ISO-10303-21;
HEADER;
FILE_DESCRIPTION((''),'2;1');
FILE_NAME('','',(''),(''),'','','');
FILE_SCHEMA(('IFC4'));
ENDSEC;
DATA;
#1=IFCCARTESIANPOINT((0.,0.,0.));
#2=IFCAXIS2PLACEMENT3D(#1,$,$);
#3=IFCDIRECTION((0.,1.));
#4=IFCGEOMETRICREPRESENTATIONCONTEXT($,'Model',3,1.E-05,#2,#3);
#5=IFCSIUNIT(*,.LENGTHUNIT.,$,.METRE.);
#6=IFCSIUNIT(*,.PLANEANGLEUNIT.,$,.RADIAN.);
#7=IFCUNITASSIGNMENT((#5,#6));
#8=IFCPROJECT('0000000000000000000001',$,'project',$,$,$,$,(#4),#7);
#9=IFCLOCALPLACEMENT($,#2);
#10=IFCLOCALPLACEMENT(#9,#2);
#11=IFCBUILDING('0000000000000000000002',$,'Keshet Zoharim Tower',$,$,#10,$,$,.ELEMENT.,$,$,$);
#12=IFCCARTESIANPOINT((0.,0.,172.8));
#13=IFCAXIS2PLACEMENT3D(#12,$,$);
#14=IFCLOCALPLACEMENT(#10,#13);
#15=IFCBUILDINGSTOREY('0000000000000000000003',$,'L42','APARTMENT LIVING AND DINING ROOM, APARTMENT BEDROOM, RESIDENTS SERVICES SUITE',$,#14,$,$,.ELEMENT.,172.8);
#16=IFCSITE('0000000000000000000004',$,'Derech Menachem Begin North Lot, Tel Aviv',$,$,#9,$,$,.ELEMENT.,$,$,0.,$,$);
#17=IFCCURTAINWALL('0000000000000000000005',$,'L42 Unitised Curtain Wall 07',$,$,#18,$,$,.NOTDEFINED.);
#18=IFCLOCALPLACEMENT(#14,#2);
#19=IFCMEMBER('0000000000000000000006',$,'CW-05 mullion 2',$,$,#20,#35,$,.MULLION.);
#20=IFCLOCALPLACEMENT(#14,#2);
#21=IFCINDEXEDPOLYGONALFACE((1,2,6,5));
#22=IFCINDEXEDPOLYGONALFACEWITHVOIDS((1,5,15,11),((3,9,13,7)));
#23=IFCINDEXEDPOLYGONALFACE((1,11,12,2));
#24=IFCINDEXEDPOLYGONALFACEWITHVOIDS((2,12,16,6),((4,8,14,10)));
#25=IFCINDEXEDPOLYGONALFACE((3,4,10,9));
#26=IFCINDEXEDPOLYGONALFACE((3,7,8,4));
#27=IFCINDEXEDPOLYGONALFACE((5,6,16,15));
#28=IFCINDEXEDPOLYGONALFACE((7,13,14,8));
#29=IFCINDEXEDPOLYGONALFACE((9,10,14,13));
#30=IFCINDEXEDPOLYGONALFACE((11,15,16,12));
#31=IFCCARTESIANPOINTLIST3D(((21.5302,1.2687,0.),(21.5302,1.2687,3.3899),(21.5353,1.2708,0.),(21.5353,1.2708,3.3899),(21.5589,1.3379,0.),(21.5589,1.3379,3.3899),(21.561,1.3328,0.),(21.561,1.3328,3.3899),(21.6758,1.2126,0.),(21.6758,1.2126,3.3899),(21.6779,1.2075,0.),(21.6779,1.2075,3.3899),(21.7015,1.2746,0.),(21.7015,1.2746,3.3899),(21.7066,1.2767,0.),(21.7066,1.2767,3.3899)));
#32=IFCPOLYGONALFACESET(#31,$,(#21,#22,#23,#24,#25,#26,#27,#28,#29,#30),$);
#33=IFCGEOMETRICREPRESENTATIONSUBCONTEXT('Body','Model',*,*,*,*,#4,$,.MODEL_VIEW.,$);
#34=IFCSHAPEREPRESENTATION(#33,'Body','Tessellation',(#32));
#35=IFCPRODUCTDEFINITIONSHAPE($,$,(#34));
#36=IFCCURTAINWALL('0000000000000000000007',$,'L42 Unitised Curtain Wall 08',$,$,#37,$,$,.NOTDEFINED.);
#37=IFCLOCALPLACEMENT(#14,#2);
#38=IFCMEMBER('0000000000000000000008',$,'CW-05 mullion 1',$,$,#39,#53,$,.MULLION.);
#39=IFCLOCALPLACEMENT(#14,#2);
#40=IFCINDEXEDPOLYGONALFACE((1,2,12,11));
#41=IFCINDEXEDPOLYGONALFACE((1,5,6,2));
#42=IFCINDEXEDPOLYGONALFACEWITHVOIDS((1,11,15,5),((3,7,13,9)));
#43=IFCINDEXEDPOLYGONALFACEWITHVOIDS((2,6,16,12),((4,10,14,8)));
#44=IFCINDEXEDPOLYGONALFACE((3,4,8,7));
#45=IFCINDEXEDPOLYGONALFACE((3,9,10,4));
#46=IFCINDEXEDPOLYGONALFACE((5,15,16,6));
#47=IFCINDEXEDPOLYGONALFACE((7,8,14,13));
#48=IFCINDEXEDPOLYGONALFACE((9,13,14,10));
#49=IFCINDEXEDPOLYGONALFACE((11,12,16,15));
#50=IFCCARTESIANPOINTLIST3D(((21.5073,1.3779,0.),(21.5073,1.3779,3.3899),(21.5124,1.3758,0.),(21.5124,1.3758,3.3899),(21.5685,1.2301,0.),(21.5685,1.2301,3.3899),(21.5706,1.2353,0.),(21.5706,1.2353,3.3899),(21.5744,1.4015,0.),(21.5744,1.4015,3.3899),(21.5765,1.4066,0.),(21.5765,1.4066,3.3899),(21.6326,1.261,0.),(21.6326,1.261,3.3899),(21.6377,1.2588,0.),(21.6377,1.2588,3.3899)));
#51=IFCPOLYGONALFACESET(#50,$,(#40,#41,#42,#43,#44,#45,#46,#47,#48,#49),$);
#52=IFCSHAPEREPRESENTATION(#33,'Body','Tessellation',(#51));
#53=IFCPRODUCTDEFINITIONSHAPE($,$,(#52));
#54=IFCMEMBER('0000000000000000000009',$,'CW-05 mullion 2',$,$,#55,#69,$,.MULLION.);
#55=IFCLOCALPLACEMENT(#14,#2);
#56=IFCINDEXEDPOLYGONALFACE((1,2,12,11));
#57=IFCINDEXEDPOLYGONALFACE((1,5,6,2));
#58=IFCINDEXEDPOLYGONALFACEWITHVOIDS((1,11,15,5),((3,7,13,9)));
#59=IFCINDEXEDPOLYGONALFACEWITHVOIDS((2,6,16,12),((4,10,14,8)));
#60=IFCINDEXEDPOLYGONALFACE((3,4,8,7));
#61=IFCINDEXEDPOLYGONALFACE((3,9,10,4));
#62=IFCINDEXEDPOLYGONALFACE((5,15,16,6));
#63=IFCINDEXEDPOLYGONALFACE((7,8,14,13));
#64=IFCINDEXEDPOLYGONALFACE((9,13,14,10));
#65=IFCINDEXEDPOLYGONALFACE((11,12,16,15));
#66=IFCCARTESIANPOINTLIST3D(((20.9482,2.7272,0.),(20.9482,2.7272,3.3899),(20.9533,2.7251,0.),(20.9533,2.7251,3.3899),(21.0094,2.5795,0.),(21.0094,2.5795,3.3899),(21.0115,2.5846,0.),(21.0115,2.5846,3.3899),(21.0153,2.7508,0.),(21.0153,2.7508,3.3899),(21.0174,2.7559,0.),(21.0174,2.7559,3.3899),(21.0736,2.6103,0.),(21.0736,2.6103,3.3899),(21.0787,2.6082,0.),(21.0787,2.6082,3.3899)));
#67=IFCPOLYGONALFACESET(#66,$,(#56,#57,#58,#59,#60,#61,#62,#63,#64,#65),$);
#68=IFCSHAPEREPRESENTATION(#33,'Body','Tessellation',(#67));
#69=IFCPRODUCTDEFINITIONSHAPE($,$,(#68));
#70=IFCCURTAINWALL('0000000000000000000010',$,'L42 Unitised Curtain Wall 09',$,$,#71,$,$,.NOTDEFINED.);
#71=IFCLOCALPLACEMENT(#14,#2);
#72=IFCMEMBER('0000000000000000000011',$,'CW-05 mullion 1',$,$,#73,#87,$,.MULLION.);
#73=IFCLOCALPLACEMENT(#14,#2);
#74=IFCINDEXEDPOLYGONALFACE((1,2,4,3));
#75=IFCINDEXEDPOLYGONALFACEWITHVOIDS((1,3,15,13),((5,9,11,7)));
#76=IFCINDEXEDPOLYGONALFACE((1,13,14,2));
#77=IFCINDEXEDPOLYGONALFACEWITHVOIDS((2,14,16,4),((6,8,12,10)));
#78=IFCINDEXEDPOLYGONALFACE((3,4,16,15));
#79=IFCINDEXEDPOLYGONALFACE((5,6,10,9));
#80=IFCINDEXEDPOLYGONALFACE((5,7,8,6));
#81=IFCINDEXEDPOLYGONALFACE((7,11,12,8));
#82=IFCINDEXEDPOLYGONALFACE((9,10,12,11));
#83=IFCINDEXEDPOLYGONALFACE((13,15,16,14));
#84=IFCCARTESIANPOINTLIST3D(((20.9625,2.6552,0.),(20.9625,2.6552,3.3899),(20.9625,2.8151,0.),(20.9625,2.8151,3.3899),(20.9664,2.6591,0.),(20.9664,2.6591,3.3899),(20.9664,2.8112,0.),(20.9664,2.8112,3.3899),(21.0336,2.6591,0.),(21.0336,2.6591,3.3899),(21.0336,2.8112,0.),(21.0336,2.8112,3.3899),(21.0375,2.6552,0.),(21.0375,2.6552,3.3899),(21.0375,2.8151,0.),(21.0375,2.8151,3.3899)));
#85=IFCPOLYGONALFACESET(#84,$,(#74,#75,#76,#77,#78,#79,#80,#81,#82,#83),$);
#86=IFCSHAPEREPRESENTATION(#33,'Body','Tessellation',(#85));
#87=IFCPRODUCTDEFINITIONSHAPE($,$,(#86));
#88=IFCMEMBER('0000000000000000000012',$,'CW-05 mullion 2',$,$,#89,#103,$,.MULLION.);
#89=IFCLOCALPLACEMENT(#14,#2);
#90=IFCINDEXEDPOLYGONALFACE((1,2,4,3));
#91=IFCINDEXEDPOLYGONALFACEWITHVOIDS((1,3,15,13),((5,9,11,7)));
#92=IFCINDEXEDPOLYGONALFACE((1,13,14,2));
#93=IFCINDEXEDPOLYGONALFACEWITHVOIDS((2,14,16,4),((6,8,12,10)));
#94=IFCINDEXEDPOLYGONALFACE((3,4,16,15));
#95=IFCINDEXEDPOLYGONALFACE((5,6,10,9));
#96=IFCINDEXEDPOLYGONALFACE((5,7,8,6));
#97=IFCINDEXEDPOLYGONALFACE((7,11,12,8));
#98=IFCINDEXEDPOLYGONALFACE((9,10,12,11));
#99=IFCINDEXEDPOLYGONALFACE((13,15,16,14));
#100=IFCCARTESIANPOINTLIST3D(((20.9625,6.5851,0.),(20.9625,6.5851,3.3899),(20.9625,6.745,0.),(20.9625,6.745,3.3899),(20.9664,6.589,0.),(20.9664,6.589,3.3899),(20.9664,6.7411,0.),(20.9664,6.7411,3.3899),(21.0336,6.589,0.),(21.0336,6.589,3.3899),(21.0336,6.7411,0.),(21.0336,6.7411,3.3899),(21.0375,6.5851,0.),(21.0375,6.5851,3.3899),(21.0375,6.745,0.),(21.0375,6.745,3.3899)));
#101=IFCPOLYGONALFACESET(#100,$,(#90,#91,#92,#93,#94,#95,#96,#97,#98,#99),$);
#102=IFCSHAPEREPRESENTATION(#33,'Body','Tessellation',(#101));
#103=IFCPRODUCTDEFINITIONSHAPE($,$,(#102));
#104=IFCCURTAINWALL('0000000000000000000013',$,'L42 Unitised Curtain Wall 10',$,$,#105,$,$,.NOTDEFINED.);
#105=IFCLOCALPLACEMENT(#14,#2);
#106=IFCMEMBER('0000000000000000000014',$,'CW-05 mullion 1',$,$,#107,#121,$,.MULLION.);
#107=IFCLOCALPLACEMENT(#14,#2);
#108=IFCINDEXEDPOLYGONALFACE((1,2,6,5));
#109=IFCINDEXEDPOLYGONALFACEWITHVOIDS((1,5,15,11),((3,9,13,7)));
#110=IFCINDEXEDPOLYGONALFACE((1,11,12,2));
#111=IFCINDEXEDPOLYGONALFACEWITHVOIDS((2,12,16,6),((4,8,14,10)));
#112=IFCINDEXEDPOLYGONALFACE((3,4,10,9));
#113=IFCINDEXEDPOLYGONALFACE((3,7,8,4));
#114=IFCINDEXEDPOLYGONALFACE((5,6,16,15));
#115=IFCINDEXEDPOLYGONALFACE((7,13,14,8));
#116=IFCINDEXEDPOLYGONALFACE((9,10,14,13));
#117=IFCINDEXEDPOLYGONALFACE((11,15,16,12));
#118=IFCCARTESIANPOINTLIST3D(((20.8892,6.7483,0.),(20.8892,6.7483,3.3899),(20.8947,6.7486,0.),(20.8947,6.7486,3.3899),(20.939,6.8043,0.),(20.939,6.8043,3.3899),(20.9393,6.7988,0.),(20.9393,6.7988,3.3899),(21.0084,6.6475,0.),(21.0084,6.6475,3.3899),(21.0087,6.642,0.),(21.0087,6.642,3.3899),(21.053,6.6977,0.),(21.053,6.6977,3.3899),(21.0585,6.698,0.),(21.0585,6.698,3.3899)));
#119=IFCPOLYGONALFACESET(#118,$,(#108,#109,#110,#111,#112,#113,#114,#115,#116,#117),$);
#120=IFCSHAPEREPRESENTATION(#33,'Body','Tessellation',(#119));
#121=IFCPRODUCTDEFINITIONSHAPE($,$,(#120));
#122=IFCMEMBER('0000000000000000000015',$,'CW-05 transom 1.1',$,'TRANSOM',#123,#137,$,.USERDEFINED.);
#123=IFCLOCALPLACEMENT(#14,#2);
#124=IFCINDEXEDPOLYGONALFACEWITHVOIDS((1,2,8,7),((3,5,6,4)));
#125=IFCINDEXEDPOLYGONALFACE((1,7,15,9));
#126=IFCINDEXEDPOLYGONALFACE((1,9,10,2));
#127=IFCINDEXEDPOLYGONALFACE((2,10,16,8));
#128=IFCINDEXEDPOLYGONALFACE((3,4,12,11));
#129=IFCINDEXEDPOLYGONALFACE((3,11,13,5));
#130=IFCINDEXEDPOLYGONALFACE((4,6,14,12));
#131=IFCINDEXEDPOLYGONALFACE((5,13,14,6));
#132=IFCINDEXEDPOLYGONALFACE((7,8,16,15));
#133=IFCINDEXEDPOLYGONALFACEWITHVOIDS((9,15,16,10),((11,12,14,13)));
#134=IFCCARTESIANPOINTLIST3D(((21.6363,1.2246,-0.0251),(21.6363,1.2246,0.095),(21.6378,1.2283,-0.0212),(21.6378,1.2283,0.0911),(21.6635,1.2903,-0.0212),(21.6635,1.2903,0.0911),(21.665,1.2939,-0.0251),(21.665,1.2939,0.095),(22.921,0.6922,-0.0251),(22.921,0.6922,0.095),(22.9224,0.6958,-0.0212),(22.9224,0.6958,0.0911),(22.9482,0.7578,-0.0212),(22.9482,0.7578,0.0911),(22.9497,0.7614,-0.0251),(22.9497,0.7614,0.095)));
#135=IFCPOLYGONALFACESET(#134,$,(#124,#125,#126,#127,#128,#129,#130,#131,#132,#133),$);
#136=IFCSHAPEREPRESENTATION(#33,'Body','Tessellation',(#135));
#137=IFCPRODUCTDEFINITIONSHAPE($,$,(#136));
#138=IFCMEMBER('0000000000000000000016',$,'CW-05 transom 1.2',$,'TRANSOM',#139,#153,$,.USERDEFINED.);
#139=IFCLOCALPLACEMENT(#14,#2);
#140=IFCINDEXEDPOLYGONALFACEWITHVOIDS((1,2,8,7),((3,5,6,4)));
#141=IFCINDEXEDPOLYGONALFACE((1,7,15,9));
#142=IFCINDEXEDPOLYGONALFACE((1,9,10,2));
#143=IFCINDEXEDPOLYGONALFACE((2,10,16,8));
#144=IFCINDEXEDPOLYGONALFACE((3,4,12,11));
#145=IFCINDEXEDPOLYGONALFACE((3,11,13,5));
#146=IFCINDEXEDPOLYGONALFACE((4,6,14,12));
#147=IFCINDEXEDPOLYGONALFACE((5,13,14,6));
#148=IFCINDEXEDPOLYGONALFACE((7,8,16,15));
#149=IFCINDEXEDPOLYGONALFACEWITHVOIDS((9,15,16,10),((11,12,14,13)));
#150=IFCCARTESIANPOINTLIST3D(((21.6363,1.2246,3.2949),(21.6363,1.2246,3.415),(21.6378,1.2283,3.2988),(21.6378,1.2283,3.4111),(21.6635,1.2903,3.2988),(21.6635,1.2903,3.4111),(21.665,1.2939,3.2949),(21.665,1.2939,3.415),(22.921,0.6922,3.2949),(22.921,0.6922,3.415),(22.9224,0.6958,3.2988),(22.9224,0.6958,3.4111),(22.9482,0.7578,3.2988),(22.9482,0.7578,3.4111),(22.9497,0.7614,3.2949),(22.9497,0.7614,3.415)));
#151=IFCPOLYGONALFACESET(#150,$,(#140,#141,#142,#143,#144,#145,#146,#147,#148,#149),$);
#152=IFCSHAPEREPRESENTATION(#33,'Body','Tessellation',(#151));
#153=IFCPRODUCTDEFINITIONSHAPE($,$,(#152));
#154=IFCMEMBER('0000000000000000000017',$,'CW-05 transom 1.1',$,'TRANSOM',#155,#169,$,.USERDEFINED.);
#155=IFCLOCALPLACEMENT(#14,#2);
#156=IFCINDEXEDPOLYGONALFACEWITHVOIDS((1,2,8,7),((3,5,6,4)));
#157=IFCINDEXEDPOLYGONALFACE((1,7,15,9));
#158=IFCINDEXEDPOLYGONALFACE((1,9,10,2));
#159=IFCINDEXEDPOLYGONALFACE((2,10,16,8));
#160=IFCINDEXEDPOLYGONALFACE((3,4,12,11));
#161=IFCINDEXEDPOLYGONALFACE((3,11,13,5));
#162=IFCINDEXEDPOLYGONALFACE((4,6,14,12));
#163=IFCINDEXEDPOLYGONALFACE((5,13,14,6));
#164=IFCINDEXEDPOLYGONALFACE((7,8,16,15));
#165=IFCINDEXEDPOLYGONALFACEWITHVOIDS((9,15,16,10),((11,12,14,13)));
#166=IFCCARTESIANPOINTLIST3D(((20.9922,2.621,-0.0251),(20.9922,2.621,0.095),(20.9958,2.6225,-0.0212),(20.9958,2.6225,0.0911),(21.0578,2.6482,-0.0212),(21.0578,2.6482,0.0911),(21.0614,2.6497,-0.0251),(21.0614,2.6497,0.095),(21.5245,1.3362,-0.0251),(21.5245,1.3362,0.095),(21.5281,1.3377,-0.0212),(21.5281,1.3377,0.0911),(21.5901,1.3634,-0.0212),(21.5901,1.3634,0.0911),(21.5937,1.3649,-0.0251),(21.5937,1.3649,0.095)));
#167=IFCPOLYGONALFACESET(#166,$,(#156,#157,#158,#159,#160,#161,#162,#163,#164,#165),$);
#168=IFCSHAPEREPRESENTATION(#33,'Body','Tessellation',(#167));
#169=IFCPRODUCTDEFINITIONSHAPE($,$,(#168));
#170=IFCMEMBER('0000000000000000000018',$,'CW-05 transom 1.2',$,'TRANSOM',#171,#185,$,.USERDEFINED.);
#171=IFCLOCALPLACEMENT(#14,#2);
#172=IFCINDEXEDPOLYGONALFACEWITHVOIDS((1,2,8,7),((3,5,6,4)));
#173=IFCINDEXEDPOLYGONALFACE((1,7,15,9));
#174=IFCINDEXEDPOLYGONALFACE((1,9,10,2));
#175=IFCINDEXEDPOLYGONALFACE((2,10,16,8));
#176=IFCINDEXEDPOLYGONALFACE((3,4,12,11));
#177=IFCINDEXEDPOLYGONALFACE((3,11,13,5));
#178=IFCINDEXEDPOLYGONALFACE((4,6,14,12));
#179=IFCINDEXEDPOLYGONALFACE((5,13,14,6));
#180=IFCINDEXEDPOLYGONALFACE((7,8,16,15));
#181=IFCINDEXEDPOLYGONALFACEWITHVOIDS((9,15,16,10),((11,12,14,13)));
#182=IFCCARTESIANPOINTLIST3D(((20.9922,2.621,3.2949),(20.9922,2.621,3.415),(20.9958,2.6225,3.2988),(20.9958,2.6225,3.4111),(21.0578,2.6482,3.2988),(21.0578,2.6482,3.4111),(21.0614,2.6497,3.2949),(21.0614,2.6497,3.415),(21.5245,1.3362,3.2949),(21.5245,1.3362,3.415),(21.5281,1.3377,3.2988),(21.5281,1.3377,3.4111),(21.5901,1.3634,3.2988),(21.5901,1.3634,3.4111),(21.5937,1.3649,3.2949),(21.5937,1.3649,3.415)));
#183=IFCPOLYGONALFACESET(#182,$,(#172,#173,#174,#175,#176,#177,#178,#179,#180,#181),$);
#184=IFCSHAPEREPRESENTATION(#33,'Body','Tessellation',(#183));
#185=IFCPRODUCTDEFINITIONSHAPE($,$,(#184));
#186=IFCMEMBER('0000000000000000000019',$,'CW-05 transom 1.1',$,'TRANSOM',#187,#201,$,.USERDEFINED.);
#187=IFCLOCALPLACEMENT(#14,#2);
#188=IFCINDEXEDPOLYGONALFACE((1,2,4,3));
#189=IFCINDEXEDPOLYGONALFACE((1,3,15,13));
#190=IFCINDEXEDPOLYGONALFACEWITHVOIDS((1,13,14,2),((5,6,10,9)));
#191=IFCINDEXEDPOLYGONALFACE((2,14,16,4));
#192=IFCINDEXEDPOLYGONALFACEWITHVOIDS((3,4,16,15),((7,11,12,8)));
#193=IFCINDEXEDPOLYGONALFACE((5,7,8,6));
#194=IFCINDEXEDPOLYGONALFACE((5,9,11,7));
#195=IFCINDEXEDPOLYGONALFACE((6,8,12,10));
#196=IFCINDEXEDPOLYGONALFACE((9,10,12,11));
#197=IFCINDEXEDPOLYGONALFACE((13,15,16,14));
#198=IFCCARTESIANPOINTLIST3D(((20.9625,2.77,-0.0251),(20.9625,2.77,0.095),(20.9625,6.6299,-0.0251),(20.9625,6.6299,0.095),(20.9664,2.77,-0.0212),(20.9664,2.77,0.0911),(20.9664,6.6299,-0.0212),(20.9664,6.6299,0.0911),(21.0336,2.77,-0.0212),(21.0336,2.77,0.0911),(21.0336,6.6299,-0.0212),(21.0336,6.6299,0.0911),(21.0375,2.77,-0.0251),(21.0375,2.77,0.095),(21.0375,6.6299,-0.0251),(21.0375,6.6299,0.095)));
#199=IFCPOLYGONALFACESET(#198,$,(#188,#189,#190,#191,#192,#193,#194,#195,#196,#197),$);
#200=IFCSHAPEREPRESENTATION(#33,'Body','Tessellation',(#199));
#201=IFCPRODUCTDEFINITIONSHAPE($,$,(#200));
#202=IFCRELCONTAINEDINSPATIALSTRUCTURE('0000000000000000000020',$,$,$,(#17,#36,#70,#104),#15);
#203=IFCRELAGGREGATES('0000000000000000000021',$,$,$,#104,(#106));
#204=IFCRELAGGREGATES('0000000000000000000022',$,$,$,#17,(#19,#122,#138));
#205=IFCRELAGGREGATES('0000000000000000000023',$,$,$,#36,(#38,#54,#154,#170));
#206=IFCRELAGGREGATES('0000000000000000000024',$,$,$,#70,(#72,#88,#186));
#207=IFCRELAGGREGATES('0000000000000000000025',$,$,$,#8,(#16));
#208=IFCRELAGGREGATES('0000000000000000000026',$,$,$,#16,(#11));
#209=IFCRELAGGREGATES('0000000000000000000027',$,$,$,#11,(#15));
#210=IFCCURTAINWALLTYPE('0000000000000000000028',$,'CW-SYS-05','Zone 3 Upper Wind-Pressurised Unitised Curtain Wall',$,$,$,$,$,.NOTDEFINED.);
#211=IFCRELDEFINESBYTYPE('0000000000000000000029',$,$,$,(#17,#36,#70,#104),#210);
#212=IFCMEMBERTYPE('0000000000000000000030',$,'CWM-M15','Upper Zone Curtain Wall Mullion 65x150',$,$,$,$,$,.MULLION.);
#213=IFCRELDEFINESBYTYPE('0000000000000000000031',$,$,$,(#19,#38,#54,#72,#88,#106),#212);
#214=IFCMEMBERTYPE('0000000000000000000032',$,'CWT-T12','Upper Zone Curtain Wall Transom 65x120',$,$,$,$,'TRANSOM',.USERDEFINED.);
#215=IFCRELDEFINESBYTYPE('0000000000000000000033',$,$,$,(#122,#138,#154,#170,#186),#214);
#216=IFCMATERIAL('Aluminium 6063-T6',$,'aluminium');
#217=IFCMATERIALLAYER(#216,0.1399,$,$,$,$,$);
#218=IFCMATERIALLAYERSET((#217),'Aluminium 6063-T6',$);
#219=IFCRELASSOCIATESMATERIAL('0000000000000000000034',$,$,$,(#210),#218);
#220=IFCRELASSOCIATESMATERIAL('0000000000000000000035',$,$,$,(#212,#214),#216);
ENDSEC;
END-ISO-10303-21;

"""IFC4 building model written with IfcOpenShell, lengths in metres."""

from ifc_helpers import new_model, si_unit, direction, frame, origin, origin_2d, place, context, subcontext, project, spatial, hollow_rectangle, extrude, material, layer, layer_set, material_profile, profile_set, type_object, element, aggregate, save


model = new_model("IFC4")

# Units and contexts
model_context = context("Model", 3, precision=1e-05, world=origin(), true_north=direction((0.0, 1.0)))
body_context = subcontext(model_context, "Body", "Model", "MODEL_VIEW")
ifc_project = project(units=[si_unit("LENGTHUNIT", "METRE"), si_unit("PLANEANGLEUNIT", "RADIAN")], contexts=[model_context])

# Site, building, storey
site_placement = place(None, origin())
site = spatial("IfcSite", under=ifc_project, at=site_placement, Name="Derech Menachem Begin North Lot, Tel Aviv", CompositionType="ELEMENT", RefElevation=0.0)
building_placement = place(site_placement, origin())
building = spatial("IfcBuilding", under=site, at=building_placement, Name="Keshet Zoharim Tower", CompositionType="ELEMENT")
storey_placement = place(building_placement, frame((0.0, 0.0, 172.8)))
storey = spatial("IfcBuildingStorey", under=building, at=storey_placement, Name="L42", Description="APARTMENT LIVING AND DINING ROOM, APARTMENT BEDROOM, RESIDENTS SERVICES SUITE", CompositionType="ELEMENT", Elevation=172.8)

# Shared definitions
ifc_material_1 = material(Name="Aluminium 6063-T6", Category="aluminium")
ifc_layer_1 = layer(ifc_material_1, 0.1399)
ifc_layer_set_1 = layer_set([ifc_layer_1], Name="Aluminium 6063-T6")
curtain_wall_type = type_object("IfcCurtainWallType", Name="CW-SYS-05", Description="Zone 3 Upper Wind-Pressurised Unitised Curtain Wall", PredefinedType="NOTDEFINED", material=ifc_layer_set_1)
ifc_material_profile_1 = material_profile(ifc_material_1, hollow_rectangle(XDim=0.075, YDim=0.1599, WallThickness=0.0039, at=origin_2d()), Name="MUL-75x160")
ifc_profile_set_1 = profile_set([ifc_material_profile_1], Name="Aluminium 6063-T6")
member_type_1 = type_object("IfcMemberType", Name="CWM-M15", Description="Upper Zone Curtain Wall Mullion 65x150", PredefinedType="MULLION", material=ifc_profile_set_1)

# Curtain walls, members
curtain_wall_1_placement = place(storey_placement, origin())
curtain_wall_1 = element("IfcCurtainWall", 1, at=curtain_wall_1_placement, inside=storey, type_object=curtain_wall_type, Name="L42 Unitised Curtain Wall 07", PredefinedType="NOTDEFINED")
member_1_placement = place(storey_placement, frame((21.6184, 1.2727, 0.0), z_axis=(0.0, 0.0, 1.0), x_axis=(-0.382852, -0.92381, 0.0)))
member_1 = element("IfcMember", 2, at=member_1_placement, type_object=member_type_1, Name="CW-05 mullion 2", PredefinedType="MULLION", context=body_context, shape_type="SweptSolid", body=[
    extrude(hollow_rectangle(XDim=0.075, YDim=0.1599, WallThickness=0.0039, at=origin_2d()), origin(), (0.0, 0.0, 1.0), 3.3899),
])
curtain_wall_2_placement = place(storey_placement, origin())
curtain_wall_2 = element("IfcCurtainWall", 3, at=curtain_wall_2_placement, inside=storey, type_object=curtain_wall_type, Name="L42 Unitised Curtain Wall 08", PredefinedType="NOTDEFINED")
member_2_placement = place(storey_placement, frame((21.5725, 1.3184, 0.0), z_axis=(0.0, 0.0, 1.0), x_axis=(-0.92381, -0.382852, 0.0)))
member_2 = element("IfcMember", 4, at=member_2_placement, type_object=member_type_1, Name="CW-05 mullion 1", PredefinedType="MULLION", context=body_context, shape_type="SweptSolid", body=[
    extrude(hollow_rectangle(XDim=0.075, YDim=0.1599, WallThickness=0.0039, at=origin_2d()), origin(), (0.0, 0.0, 1.0), 3.3899),
])
member_3_placement = place(storey_placement, frame((21.0134, 2.6677, 0.0), z_axis=(0.0, 0.0, 1.0), x_axis=(-0.92381, -0.382852, 0.0)))
member_3 = element("IfcMember", 5, at=member_3_placement, type_object=member_type_1, Name="CW-05 mullion 2", PredefinedType="MULLION", context=body_context, shape_type="SweptSolid", body=[
    extrude(hollow_rectangle(XDim=0.075, YDim=0.1599, WallThickness=0.0039, at=origin_2d()), origin(), (0.0, 0.0, 1.0), 3.3899),
])
curtain_wall_3_placement = place(storey_placement, origin())
curtain_wall_3 = element("IfcCurtainWall", 6, at=curtain_wall_3_placement, inside=storey, type_object=curtain_wall_type, Name="L42 Unitised Curtain Wall 09", PredefinedType="NOTDEFINED")
member_4_placement = place(storey_placement, frame((21.0, 2.7351, 0.0), z_axis=(0.0, 0.0, 1.0), x_axis=(-1.0, 0.0, 0.0)))
member_4 = element("IfcMember", 7, at=member_4_placement, type_object=member_type_1, Name="CW-05 mullion 1", PredefinedType="MULLION", context=body_context, shape_type="SweptSolid", body=[
    extrude(hollow_rectangle(XDim=0.075, YDim=0.1599, WallThickness=0.0039, at=origin_2d()), origin(), (0.0, 0.0, 1.0), 3.3899),
])
member_5_placement = place(storey_placement, frame((21.0, 6.665, 0.0), z_axis=(0.0, 0.0, 1.0), x_axis=(-1.0, 0.0, 0.0)))
member_5 = element("IfcMember", 8, at=member_5_placement, type_object=member_type_1, Name="CW-05 mullion 2", PredefinedType="MULLION", context=body_context, shape_type="SweptSolid", body=[
    extrude(hollow_rectangle(XDim=0.075, YDim=0.1599, WallThickness=0.0039, at=origin_2d()), origin(), (0.0, 0.0, 1.0), 3.3899),
])

# Curtain wall, member
curtain_wall_4_placement = place(storey_placement, origin())
curtain_wall_4 = element("IfcCurtainWall", 9, at=curtain_wall_4_placement, inside=storey, type_object=curtain_wall_type, Name="L42 Unitised Curtain Wall 10", PredefinedType="NOTDEFINED")
member_6_placement = place(storey_placement, frame((20.9739, 6.7231, 0.0), z_axis=(0.0, 0.0, 1.0), x_axis=(-0.664368, -0.747406, 0.0)))
member_6 = element("IfcMember", 10, at=member_6_placement, type_object=member_type_1, Name="CW-05 mullion 1", PredefinedType="MULLION", context=body_context, shape_type="SweptSolid", body=[
    extrude(hollow_rectangle(XDim=0.075, YDim=0.1599, WallThickness=0.0039, at=origin_2d()), origin(), (0.0, 0.0, 1.0), 3.3899),
])

# Members
ifc_material_profile_2 = material_profile(ifc_material_1, hollow_rectangle(XDim=0.075, YDim=0.1201, WallThickness=0.0039, at=origin_2d()), Name="TRN-75x120")
ifc_profile_set_2 = profile_set([ifc_material_profile_2], Name="Aluminium 6063-T6")
member_type_2 = type_object("IfcMemberType", Name="CWT-T12", Description="Upper Zone Curtain Wall Transom 65x120", ElementType="TRANSOM", PredefinedType="USERDEFINED", material=ifc_profile_set_2)
member_7_placement = place(storey_placement, frame((22.9353, 0.7268, 0.0349), z_axis=(-0.923792, 0.382894, 0.0), x_axis=(-0.382894, -0.923792, 0.0)))
member_7 = element("IfcMember", 11, at=member_7_placement, type_object=member_type_2, Name="CW-05 transom 1.1", ObjectType="TRANSOM", PredefinedType="USERDEFINED", context=body_context, shape_type="SweptSolid", body=[
    extrude(hollow_rectangle(XDim=0.075, YDim=0.1201, WallThickness=0.0039, at=origin_2d()), origin(), (0.0, 0.0, 1.0), 1.3906),
])
member_8_placement = place(storey_placement, frame((22.9353, 0.7268, 3.355), z_axis=(-0.923792, 0.382894, 0.0), x_axis=(-0.382894, -0.923792, 0.0)))
member_8 = element("IfcMember", 12, at=member_8_placement, type_object=member_type_2, Name="CW-05 transom 1.2", ObjectType="TRANSOM", PredefinedType="USERDEFINED", context=body_context, shape_type="SweptSolid", body=[
    extrude(hollow_rectangle(XDim=0.075, YDim=0.1201, WallThickness=0.0039, at=origin_2d()), origin(), (0.0, 0.0, 1.0), 1.3906),
])
member_9_placement = place(storey_placement, frame((21.5591, 1.3506, 0.0349), z_axis=(-0.382745, 0.923854, 0.0), x_axis=(-0.923854, -0.382745, 0.0)))
member_9 = element("IfcMember", 13, at=member_9_placement, type_object=member_type_2, Name="CW-05 transom 1.1", ObjectType="TRANSOM", PredefinedType="USERDEFINED", context=body_context, shape_type="SweptSolid", body=[
    extrude(hollow_rectangle(XDim=0.075, YDim=0.1201, WallThickness=0.0039, at=origin_2d()), origin(), (0.0, 0.0, 1.0), 1.3906),
])
member_10_placement = place(storey_placement, frame((21.5591, 1.3506, 3.355), z_axis=(-0.382745, 0.923854, 0.0), x_axis=(-0.923854, -0.382745, 0.0)))
member_10 = element("IfcMember", 14, at=member_10_placement, type_object=member_type_2, Name="CW-05 transom 1.2", ObjectType="TRANSOM", PredefinedType="USERDEFINED", context=body_context, shape_type="SweptSolid", body=[
    extrude(hollow_rectangle(XDim=0.075, YDim=0.1201, WallThickness=0.0039, at=origin_2d()), origin(), (0.0, 0.0, 1.0), 1.3906),
])
member_11_placement = place(storey_placement, frame((21.0, 2.77, 0.0349), z_axis=(0.0, 1.0, 0.0), x_axis=(-1.0, 0.0, 0.0)))
member_11 = element("IfcMember", 15, at=member_11_placement, type_object=member_type_2, Name="CW-05 transom 1.1", ObjectType="TRANSOM", PredefinedType="USERDEFINED", context=body_context, shape_type="SweptSolid", body=[
    extrude(hollow_rectangle(XDim=0.075, YDim=0.1201, WallThickness=0.0039, at=origin_2d()), origin(), (0.0, 0.0, 1.0), 3.8599),
])
aggregate(curtain_wall_4, [member_6])

aggregate(curtain_wall_1, [member_1, member_7, member_8])
aggregate(curtain_wall_2, [member_2, member_3, member_9, member_10])
aggregate(curtain_wall_3, [member_4, member_5, member_11])

save(model, "model.ifc")
